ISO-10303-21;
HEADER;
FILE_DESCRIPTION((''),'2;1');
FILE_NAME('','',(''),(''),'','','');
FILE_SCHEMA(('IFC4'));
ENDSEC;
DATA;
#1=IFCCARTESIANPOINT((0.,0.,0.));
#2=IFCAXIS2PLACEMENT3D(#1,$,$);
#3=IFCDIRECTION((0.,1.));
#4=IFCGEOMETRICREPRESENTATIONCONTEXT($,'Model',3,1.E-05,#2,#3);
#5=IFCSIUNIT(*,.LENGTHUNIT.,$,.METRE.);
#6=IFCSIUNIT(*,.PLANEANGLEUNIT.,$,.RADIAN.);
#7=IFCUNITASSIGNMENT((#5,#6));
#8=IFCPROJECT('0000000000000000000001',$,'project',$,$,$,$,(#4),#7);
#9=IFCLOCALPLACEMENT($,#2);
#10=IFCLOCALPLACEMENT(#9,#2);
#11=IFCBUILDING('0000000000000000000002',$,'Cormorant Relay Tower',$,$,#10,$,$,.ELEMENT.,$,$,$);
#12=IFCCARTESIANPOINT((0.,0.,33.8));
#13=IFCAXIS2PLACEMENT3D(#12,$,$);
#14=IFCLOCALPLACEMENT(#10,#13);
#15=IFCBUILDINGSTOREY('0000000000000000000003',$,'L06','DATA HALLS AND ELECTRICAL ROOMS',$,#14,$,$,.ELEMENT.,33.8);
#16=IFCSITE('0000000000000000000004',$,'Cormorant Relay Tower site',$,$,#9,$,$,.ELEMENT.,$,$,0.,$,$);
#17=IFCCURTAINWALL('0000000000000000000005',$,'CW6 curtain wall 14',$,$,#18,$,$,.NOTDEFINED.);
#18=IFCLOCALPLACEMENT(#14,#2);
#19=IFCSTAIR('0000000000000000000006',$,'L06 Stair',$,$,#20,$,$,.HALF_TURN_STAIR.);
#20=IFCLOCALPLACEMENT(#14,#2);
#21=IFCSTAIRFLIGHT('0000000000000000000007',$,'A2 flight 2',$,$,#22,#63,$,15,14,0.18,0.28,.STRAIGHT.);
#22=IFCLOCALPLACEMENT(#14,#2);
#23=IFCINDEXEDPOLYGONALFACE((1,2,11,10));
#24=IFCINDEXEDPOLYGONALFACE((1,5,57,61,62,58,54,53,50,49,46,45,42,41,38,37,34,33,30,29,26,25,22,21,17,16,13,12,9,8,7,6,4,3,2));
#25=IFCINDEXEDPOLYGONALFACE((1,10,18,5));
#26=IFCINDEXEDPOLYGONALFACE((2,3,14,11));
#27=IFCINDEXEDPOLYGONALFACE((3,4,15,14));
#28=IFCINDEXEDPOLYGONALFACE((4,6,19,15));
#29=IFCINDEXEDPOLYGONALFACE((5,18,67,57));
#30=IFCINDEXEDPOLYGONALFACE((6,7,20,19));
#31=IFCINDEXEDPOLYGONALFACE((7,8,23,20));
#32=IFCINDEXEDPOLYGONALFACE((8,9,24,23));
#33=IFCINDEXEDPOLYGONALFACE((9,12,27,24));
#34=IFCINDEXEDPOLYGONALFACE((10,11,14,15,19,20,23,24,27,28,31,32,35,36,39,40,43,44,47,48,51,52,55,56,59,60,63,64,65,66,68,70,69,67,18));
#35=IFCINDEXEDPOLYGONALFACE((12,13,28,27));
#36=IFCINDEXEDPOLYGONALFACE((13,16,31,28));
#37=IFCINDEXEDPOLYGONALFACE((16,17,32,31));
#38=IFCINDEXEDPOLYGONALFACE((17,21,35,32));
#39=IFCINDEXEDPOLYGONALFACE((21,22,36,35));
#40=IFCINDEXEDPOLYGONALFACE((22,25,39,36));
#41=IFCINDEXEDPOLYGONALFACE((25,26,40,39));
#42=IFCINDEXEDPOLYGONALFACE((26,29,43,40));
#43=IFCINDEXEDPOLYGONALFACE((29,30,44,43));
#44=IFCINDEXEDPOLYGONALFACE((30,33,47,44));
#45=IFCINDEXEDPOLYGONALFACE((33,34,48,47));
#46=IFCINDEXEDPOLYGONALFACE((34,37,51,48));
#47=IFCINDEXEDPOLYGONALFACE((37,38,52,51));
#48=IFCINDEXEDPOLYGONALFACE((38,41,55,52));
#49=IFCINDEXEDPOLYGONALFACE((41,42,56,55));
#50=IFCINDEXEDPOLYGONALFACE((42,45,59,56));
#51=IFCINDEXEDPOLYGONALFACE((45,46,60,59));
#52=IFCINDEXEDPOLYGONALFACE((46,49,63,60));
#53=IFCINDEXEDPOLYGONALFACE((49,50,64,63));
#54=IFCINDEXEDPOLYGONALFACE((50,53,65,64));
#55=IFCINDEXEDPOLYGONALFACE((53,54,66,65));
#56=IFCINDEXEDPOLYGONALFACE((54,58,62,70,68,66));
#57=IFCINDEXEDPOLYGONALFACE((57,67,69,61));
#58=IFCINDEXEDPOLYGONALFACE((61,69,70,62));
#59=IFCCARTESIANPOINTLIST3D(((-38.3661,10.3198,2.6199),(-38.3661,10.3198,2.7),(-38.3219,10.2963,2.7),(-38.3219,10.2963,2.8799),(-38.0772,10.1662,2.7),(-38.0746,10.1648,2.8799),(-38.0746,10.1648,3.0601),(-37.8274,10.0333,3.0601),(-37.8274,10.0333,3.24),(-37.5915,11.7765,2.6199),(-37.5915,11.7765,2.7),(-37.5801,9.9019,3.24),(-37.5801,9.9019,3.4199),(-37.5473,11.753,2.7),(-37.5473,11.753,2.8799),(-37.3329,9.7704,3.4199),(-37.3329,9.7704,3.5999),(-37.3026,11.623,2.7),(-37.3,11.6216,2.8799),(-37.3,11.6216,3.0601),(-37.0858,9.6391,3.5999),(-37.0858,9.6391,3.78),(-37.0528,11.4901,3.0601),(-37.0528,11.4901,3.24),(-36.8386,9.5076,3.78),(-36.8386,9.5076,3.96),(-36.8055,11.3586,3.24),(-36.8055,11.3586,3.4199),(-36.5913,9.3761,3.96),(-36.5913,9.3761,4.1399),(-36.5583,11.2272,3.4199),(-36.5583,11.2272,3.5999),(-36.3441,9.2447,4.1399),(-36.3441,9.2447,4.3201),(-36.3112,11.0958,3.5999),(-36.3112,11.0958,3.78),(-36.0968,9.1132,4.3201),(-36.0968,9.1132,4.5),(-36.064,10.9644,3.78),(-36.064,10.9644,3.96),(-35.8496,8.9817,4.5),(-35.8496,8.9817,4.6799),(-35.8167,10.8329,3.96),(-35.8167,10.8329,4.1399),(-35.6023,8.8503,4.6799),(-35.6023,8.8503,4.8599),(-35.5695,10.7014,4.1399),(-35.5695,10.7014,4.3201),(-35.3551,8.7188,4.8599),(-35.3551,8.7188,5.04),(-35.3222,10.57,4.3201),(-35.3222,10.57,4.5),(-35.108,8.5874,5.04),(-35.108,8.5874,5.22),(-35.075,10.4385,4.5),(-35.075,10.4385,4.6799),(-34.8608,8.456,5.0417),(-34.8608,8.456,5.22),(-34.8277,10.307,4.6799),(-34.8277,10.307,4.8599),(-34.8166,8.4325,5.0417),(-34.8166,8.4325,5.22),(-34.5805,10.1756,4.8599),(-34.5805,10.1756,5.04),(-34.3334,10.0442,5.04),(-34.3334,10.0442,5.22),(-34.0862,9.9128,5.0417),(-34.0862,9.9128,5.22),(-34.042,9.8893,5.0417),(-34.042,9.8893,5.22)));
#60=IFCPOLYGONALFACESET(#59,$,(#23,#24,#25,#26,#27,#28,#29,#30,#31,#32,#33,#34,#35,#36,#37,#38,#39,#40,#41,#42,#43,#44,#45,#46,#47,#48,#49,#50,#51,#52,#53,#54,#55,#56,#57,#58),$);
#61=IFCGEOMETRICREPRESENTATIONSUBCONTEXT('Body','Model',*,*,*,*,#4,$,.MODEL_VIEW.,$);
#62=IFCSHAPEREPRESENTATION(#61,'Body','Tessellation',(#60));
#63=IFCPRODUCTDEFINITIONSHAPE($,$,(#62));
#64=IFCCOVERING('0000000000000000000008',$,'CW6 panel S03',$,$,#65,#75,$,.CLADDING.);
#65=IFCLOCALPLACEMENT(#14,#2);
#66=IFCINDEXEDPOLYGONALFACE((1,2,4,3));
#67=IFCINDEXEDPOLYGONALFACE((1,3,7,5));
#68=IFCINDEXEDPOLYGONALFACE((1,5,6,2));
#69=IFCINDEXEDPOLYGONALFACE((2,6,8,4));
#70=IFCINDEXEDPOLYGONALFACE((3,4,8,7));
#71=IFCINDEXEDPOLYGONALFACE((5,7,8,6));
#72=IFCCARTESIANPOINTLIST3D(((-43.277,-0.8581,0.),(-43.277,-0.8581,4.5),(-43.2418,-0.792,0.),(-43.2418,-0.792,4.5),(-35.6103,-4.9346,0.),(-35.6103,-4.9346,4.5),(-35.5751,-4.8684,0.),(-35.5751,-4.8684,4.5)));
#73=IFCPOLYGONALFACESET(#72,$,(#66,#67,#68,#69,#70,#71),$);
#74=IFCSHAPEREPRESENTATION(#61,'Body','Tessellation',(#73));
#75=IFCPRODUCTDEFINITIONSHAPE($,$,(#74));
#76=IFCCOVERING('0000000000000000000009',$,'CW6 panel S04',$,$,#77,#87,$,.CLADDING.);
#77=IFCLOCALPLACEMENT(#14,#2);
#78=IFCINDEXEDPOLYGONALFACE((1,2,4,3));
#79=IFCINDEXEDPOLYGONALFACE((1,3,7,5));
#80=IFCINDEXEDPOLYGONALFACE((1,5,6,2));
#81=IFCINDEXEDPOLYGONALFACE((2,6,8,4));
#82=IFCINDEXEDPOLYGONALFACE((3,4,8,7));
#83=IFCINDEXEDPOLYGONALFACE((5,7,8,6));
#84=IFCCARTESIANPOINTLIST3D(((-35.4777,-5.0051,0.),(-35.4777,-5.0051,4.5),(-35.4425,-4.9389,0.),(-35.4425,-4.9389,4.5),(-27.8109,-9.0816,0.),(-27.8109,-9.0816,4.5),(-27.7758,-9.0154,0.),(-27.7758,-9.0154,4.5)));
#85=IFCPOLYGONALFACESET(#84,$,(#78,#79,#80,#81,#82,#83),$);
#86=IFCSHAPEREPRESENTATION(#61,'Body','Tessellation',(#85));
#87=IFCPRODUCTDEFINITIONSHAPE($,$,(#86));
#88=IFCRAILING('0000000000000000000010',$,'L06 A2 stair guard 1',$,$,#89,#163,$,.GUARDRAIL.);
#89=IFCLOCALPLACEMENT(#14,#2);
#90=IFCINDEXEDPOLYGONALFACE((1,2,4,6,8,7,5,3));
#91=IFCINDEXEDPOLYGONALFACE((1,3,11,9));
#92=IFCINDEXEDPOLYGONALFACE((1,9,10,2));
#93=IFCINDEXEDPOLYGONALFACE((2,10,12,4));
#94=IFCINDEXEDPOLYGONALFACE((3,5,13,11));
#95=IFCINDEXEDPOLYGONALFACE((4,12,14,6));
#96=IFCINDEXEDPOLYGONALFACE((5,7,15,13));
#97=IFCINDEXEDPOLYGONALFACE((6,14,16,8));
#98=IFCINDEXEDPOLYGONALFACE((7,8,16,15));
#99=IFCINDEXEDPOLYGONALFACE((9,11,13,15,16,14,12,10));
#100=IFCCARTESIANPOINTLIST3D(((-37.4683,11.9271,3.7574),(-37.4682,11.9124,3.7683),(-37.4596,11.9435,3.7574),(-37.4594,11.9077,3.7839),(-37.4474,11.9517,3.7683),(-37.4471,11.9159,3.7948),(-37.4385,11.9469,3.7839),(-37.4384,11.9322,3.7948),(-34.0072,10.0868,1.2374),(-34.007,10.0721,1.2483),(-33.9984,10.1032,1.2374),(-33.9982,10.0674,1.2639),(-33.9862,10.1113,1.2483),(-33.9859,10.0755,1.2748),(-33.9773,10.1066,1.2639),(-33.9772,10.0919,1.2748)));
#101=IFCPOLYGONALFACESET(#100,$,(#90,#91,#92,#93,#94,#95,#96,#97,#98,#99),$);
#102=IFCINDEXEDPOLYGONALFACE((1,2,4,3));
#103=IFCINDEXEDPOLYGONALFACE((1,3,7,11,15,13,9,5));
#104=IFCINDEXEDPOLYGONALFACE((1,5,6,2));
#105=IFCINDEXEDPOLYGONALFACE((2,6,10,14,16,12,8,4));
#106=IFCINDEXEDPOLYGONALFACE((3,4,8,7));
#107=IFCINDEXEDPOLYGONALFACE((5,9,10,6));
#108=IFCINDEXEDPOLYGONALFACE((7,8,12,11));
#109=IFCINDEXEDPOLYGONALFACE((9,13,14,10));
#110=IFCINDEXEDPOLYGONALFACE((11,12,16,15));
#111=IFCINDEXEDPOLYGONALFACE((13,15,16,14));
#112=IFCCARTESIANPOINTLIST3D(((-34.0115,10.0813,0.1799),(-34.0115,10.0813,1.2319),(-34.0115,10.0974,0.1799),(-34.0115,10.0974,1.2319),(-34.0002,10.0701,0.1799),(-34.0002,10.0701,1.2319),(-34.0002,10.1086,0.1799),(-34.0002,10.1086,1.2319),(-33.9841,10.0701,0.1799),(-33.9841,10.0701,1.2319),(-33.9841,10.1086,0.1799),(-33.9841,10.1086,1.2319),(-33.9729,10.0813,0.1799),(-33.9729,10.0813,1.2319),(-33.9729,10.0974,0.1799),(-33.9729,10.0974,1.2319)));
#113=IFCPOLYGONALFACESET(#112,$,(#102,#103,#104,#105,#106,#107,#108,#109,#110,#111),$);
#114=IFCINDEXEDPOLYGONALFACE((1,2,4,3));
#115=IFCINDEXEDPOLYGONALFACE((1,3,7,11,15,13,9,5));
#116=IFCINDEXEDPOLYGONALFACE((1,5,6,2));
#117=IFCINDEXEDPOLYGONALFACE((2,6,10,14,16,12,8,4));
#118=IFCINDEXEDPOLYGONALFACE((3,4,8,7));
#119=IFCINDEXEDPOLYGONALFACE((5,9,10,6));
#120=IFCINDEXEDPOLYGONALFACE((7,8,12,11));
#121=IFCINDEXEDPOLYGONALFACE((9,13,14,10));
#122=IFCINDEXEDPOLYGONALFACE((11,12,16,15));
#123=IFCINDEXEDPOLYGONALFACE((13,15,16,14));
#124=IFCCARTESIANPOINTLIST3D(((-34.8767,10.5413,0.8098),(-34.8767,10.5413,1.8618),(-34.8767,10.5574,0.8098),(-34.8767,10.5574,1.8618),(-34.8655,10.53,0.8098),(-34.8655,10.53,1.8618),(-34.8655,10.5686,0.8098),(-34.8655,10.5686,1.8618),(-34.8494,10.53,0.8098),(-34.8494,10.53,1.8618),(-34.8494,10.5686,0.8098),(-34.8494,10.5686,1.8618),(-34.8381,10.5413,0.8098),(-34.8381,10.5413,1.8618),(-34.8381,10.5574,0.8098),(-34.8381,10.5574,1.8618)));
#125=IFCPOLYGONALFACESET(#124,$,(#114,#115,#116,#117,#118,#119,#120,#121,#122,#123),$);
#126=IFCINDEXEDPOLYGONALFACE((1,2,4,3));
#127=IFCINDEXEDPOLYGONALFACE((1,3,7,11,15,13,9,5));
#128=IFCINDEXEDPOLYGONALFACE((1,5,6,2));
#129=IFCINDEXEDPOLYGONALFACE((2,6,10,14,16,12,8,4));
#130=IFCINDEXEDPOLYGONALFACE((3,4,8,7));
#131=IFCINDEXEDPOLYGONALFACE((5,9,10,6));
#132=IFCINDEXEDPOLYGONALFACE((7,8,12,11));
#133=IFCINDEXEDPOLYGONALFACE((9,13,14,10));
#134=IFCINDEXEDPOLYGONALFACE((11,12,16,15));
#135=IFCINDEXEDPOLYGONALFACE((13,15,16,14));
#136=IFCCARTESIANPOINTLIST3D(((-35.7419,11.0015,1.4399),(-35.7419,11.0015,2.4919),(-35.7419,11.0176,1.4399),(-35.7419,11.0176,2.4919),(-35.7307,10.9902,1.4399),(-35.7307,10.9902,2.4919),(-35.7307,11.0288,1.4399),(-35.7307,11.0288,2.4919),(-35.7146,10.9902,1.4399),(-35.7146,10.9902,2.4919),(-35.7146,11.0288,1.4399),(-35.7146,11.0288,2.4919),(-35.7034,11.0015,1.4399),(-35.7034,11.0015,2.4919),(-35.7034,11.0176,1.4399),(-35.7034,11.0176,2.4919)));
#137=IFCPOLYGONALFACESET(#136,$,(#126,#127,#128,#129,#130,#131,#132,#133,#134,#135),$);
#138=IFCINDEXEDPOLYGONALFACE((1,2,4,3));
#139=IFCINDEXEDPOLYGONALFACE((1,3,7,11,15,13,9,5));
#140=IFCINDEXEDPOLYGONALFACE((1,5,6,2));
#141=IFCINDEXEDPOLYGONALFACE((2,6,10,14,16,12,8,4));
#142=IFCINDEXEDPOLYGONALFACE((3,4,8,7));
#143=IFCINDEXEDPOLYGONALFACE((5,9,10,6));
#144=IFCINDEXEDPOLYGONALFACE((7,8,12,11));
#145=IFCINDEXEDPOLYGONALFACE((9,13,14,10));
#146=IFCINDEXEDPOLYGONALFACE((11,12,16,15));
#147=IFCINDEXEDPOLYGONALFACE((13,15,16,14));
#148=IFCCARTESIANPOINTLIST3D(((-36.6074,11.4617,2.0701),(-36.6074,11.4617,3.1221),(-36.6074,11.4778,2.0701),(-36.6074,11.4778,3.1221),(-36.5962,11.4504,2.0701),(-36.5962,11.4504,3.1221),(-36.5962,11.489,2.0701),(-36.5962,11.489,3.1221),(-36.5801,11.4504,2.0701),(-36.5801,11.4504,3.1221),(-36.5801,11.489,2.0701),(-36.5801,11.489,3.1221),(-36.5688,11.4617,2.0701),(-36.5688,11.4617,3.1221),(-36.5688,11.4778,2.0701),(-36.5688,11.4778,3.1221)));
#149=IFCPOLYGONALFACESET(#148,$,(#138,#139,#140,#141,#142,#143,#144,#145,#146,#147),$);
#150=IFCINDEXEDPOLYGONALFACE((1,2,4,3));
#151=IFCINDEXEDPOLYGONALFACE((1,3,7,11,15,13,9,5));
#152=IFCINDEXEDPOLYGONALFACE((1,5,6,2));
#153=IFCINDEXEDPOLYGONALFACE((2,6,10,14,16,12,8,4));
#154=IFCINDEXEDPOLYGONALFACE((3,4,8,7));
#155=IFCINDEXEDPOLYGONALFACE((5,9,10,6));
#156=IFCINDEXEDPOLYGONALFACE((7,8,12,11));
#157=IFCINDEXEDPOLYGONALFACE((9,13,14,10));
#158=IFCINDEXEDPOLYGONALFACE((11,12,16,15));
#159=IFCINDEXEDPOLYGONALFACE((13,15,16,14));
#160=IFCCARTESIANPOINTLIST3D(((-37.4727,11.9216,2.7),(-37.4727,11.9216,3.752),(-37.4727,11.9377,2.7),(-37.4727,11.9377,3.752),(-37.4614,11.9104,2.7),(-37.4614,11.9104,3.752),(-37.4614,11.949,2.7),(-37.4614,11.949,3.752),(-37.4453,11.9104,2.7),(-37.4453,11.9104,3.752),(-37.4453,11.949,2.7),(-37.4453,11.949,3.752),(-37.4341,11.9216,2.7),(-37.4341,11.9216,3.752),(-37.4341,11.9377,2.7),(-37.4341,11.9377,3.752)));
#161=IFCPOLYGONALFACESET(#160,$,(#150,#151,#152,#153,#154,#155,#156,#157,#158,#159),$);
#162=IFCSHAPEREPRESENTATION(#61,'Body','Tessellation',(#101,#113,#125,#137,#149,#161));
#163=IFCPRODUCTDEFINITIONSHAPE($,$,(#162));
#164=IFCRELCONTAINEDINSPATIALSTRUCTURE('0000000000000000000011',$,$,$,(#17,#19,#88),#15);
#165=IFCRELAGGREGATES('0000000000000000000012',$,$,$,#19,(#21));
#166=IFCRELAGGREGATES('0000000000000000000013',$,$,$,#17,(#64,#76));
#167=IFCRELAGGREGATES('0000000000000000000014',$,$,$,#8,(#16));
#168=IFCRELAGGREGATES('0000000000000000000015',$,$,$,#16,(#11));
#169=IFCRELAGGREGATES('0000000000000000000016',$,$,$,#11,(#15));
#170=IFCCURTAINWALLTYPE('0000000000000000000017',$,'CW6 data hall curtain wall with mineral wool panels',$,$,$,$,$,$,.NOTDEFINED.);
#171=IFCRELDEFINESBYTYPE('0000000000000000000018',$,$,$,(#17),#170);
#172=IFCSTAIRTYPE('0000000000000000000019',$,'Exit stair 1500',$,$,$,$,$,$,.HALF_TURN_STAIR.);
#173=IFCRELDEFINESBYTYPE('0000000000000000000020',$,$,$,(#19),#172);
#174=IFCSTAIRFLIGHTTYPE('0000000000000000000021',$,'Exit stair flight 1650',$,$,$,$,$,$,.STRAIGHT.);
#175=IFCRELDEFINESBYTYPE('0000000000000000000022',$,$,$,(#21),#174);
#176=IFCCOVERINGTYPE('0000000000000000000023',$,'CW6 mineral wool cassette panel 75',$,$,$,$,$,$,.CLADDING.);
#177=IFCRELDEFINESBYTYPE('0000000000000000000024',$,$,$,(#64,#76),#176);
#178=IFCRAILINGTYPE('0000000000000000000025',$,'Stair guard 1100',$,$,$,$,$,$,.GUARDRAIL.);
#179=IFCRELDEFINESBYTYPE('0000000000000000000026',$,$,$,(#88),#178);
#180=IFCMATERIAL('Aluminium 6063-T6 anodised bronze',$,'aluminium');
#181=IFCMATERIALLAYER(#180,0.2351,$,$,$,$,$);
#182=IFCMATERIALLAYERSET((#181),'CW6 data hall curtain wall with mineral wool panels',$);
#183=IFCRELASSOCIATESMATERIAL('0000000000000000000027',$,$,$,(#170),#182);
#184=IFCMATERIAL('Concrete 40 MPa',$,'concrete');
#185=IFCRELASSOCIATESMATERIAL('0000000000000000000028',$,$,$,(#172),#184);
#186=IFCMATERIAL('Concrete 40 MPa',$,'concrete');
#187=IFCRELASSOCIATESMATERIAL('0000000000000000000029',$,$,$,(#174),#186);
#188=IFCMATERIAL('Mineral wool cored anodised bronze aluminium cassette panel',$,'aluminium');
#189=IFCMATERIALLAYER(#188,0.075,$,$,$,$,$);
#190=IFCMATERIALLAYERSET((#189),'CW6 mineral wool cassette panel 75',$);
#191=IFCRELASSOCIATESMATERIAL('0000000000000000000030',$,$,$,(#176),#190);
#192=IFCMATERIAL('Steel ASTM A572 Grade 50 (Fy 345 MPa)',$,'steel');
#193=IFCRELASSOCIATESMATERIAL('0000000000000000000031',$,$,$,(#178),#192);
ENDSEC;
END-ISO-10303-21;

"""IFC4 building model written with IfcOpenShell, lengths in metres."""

from ifc_helpers import new_model, si_unit, direction, frame, origin, origin_2d, place, context, subcontext, project, spatial, polyline, rectangle, outline, extrude, material, layer, layer_set, type_object, element, aggregate, save


model = new_model("IFC4")

# Units and contexts
model_context = context("Model", 3, precision=1e-05, world=origin(), true_north=direction((0.0, 1.0)))
body_context = subcontext(model_context, "Body", "Model", "MODEL_VIEW")
ifc_project = project(units=[si_unit("LENGTHUNIT", "METRE"), si_unit("PLANEANGLEUNIT", "RADIAN")], contexts=[model_context])

# Site, building, storey
site_placement = place(None, origin())
site = spatial("IfcSite", under=ifc_project, at=site_placement, Name="Cormorant Relay Tower site", CompositionType="ELEMENT", RefElevation=0.0)
building_placement = place(site_placement, origin())
building = spatial("IfcBuilding", under=site, at=building_placement, Name="Cormorant Relay Tower", CompositionType="ELEMENT")
storey_placement = place(building_placement, frame((0.0, 0.0, 33.8)))
storey = spatial("IfcBuildingStorey", under=building, at=storey_placement, Name="L06", Description="DATA HALLS AND ELECTRICAL ROOMS", CompositionType="ELEMENT", Elevation=33.8)

# Curtain wall
ifc_material_1 = material(Name="Aluminium 6063-T6 anodised bronze", Category="aluminium")
ifc_layer_1 = layer(ifc_material_1, 0.2351)
ifc_layer_set_1 = layer_set([ifc_layer_1], Name="CW6 data hall curtain wall with mineral wool panels")
curtain_wall_type = type_object("IfcCurtainWallType", Name="CW6 data hall curtain wall with mineral wool panels", PredefinedType="NOTDEFINED", material=ifc_layer_set_1)
curtain_wall_placement = place(storey_placement, origin())
curtain_wall = element("IfcCurtainWall", 1, at=curtain_wall_placement, inside=storey, type_object=curtain_wall_type, Name="CW6 curtain wall 14", PredefinedType="NOTDEFINED")

# Stair, stair flight
ifc_material_2 = material(Name="Concrete 40 MPa", Category="concrete")
stair_type = type_object("IfcStairType", Name="Exit stair 1500", PredefinedType="HALF_TURN_STAIR", material=ifc_material_2)
stair_placement = place(storey_placement, origin())
stair = element("IfcStair", 2, at=stair_placement, inside=storey, type_object=stair_type, Name="L06 Stair", PredefinedType="HALF_TURN_STAIR")
ifc_material_3 = material(Name="Concrete 40 MPa", Category="concrete")
stair_flight_type = type_object("IfcStairFlightType", Name="Exit stair flight 1650", PredefinedType="STRAIGHT", material=ifc_material_3)
stair_flight_1_placement = place(storey_placement, frame((-37.9346, 11.0247, 2.7), z_axis=(0.0, 0.0, 1.0), x_axis=(0.882948, -0.469472, 0.0)))
stair_flight_1 = element("IfcStairFlight", 3, at=stair_flight_1_placement, type_object=stair_flight_type, Name="A2 flight 2", NumberOfRisers=15, NumberOfTreads=14, PredefinedType="STRAIGHT", RiserHeight=0.18, TreadLength=0.28, context=body_context, shape_type="SweptSolid", body=[
    extrude(outline(polyline([(-0.05, -0.0801), (-0.05, 0.0), (0.0, 0.0), (0.0, 0.1799), (0.28, 0.1799), (0.28, 0.3601), (0.5601, 0.3601), (0.5601, 0.54), (0.8401, 0.54), (0.8401, 0.72), (1.1201, 0.72), (1.1201, 0.8999), (1.3999, 0.8999), (1.3999, 1.0801), (1.6799, 1.0801), (1.6799, 1.26), (1.96, 1.26), (1.96, 1.4399), (2.24, 1.4399), (2.24, 1.6201), (2.52, 1.6201), (2.52, 1.8), (2.8, 1.8), (2.8, 1.98), (3.0801, 1.98), (3.0801, 2.1599), (3.3601, 2.1599), (3.3601, 2.3401), (3.6399, 2.3401), (3.6399, 2.52), (3.9199, 2.52), (3.97, 2.52), (3.97, 2.3418), (3.9199, 2.3418), (0.2771, 0.0), (-0.05, -0.0801)])), frame((0.0, 0.825, 0.0), z_axis=(0.0, -1.0, 0.0), x_axis=(1.0, 0.0, 0.0)), (0.0, 0.0, 1.0), 1.6499),
])
aggregate(stair, [stair_flight_1])

# Coverings
ifc_material_4 = material(Name="Mineral wool cored anodised bronze aluminium cassette panel", Category="aluminium")
ifc_layer_2 = layer(ifc_material_4, 0.075)
ifc_layer_set_2 = layer_set([ifc_layer_2], Name="CW6 mineral wool cassette panel 75")
covering_type = type_object("IfcCoveringType", Name="CW6 mineral wool cassette panel 75", PredefinedType="CLADDING", material=ifc_layer_set_2)
covering_1_placement = place(storey_placement, frame((-39.426, -2.8633, 0.0), z_axis=(0.0, 0.0, 1.0), x_axis=(0.882948, -0.469472, 0.0)))
covering_1 = element("IfcCovering", 4, at=covering_1_placement, type_object=covering_type, Name="CW6 panel S03", PredefinedType="CLADDING", context=body_context, shape_type="SweptSolid", body=[
    extrude(rectangle(XDim=8.6831, YDim=0.075, at=origin_2d()), origin(), (0.0, 0.0, 1.0), 4.5),
])
covering_2_placement = place(storey_placement, frame((-31.6267, -7.0103, 0.0), z_axis=(0.0, 0.0, 1.0), x_axis=(0.882948, -0.469472, 0.0)))
covering_2 = element("IfcCovering", 5, at=covering_2_placement, type_object=covering_type, Name="CW6 panel S04", PredefinedType="CLADDING", context=body_context, shape_type="SweptSolid", body=[
    extrude(rectangle(XDim=8.6831, YDim=0.075, at=origin_2d()), origin(), (0.0, 0.0, 1.0), 4.5),
])
aggregate(curtain_wall, [covering_1, covering_2])

# Railing
ifc_material_5 = material(Name="Steel ASTM A572 Grade 50 (Fy 345 MPa)", Category="steel")
railing_type_1 = type_object("IfcRailingType", Name="Stair guard 1100", PredefinedType="GUARDRAIL", material=ifc_material_5)
railing_1_placement = place(storey_placement, frame((-33.9922, 10.0894, 0.1799)))
element("IfcRailing", 6, at=railing_1_placement, inside=storey, type_object=railing_type_1, Name="L06 A2 stair guard 1", PredefinedType="GUARDRAIL", context=body_context, shape_type="SweptSolid", body=[
    extrude(outline(polyline([(0.0222, 0.0093), (0.0093, 0.0222), (-0.0093, 0.0222), (-0.0222, 0.0093), (-0.0222, -0.0093), (-0.0093, -0.0222), (0.0093, -0.0222), (0.0222, -0.0093), (0.0222, 0.0093)])), frame((0.0, 0.0, 1.0762), z_axis=(-0.742717, 0.394907, 0.540758), x_axis=(-0.469469, -0.882949, 0.0)), (0.0, 0.0, 1.0), 4.6602),
    extrude(outline(polyline([(0.0193, 0.0081), (0.0081, 0.0193), (-0.0081, 0.0193), (-0.0193, 0.0081), (-0.0193, -0.0081), (-0.0081, -0.0193), (0.0081, -0.0193), (0.0193, -0.0081), (0.0193, 0.0081)])), origin(), (0.0, 0.0, 1.0), 1.052),
    extrude(outline(polyline([(0.0193, 0.0081), (0.0081, 0.0193), (-0.0081, 0.0193), (-0.0193, 0.0081), (-0.0193, -0.0081), (-0.0081, -0.0193), (0.0081, -0.0193), (0.0193, -0.0081), (0.0193, 0.0081)])), frame((-0.8652, 0.46, 0.6299)), (0.0, 0.0, 1.0), 1.052),
    extrude(outline(polyline([(0.0193, 0.0081), (0.0081, 0.0193), (-0.0081, 0.0193), (-0.0193, 0.0081), (-0.0193, -0.0081), (-0.0081, -0.0193), (0.0081, -0.0193), (0.0193, -0.0081), (0.0193, 0.0081)])), frame((-1.7305, 0.9202, 1.26)), (0.0, 0.0, 1.0), 1.052),
    extrude(outline(polyline([(0.0193, 0.0081), (0.0081, 0.0193), (-0.0081, 0.0193), (-0.0193, 0.0081), (-0.0193, -0.0081), (-0.0081, -0.0193), (0.0081, -0.0193), (0.0193, -0.0081), (0.0193, 0.0081)])), frame((-2.5959, 1.3804, 1.8901)), (0.0, 0.0, 1.0), 1.052),
    extrude(outline(polyline([(0.0193, 0.0081), (0.0081, 0.0193), (-0.0081, 0.0193), (-0.0193, 0.0081), (-0.0193, -0.0081), (-0.0081, -0.0193), (0.0081, -0.0193), (0.0193, -0.0081), (0.0193, 0.0081)])), frame((-3.4612, 1.8403, 2.52)), (0.0, 0.0, 1.0), 1.052),
])

save(model, "model.ifc")
